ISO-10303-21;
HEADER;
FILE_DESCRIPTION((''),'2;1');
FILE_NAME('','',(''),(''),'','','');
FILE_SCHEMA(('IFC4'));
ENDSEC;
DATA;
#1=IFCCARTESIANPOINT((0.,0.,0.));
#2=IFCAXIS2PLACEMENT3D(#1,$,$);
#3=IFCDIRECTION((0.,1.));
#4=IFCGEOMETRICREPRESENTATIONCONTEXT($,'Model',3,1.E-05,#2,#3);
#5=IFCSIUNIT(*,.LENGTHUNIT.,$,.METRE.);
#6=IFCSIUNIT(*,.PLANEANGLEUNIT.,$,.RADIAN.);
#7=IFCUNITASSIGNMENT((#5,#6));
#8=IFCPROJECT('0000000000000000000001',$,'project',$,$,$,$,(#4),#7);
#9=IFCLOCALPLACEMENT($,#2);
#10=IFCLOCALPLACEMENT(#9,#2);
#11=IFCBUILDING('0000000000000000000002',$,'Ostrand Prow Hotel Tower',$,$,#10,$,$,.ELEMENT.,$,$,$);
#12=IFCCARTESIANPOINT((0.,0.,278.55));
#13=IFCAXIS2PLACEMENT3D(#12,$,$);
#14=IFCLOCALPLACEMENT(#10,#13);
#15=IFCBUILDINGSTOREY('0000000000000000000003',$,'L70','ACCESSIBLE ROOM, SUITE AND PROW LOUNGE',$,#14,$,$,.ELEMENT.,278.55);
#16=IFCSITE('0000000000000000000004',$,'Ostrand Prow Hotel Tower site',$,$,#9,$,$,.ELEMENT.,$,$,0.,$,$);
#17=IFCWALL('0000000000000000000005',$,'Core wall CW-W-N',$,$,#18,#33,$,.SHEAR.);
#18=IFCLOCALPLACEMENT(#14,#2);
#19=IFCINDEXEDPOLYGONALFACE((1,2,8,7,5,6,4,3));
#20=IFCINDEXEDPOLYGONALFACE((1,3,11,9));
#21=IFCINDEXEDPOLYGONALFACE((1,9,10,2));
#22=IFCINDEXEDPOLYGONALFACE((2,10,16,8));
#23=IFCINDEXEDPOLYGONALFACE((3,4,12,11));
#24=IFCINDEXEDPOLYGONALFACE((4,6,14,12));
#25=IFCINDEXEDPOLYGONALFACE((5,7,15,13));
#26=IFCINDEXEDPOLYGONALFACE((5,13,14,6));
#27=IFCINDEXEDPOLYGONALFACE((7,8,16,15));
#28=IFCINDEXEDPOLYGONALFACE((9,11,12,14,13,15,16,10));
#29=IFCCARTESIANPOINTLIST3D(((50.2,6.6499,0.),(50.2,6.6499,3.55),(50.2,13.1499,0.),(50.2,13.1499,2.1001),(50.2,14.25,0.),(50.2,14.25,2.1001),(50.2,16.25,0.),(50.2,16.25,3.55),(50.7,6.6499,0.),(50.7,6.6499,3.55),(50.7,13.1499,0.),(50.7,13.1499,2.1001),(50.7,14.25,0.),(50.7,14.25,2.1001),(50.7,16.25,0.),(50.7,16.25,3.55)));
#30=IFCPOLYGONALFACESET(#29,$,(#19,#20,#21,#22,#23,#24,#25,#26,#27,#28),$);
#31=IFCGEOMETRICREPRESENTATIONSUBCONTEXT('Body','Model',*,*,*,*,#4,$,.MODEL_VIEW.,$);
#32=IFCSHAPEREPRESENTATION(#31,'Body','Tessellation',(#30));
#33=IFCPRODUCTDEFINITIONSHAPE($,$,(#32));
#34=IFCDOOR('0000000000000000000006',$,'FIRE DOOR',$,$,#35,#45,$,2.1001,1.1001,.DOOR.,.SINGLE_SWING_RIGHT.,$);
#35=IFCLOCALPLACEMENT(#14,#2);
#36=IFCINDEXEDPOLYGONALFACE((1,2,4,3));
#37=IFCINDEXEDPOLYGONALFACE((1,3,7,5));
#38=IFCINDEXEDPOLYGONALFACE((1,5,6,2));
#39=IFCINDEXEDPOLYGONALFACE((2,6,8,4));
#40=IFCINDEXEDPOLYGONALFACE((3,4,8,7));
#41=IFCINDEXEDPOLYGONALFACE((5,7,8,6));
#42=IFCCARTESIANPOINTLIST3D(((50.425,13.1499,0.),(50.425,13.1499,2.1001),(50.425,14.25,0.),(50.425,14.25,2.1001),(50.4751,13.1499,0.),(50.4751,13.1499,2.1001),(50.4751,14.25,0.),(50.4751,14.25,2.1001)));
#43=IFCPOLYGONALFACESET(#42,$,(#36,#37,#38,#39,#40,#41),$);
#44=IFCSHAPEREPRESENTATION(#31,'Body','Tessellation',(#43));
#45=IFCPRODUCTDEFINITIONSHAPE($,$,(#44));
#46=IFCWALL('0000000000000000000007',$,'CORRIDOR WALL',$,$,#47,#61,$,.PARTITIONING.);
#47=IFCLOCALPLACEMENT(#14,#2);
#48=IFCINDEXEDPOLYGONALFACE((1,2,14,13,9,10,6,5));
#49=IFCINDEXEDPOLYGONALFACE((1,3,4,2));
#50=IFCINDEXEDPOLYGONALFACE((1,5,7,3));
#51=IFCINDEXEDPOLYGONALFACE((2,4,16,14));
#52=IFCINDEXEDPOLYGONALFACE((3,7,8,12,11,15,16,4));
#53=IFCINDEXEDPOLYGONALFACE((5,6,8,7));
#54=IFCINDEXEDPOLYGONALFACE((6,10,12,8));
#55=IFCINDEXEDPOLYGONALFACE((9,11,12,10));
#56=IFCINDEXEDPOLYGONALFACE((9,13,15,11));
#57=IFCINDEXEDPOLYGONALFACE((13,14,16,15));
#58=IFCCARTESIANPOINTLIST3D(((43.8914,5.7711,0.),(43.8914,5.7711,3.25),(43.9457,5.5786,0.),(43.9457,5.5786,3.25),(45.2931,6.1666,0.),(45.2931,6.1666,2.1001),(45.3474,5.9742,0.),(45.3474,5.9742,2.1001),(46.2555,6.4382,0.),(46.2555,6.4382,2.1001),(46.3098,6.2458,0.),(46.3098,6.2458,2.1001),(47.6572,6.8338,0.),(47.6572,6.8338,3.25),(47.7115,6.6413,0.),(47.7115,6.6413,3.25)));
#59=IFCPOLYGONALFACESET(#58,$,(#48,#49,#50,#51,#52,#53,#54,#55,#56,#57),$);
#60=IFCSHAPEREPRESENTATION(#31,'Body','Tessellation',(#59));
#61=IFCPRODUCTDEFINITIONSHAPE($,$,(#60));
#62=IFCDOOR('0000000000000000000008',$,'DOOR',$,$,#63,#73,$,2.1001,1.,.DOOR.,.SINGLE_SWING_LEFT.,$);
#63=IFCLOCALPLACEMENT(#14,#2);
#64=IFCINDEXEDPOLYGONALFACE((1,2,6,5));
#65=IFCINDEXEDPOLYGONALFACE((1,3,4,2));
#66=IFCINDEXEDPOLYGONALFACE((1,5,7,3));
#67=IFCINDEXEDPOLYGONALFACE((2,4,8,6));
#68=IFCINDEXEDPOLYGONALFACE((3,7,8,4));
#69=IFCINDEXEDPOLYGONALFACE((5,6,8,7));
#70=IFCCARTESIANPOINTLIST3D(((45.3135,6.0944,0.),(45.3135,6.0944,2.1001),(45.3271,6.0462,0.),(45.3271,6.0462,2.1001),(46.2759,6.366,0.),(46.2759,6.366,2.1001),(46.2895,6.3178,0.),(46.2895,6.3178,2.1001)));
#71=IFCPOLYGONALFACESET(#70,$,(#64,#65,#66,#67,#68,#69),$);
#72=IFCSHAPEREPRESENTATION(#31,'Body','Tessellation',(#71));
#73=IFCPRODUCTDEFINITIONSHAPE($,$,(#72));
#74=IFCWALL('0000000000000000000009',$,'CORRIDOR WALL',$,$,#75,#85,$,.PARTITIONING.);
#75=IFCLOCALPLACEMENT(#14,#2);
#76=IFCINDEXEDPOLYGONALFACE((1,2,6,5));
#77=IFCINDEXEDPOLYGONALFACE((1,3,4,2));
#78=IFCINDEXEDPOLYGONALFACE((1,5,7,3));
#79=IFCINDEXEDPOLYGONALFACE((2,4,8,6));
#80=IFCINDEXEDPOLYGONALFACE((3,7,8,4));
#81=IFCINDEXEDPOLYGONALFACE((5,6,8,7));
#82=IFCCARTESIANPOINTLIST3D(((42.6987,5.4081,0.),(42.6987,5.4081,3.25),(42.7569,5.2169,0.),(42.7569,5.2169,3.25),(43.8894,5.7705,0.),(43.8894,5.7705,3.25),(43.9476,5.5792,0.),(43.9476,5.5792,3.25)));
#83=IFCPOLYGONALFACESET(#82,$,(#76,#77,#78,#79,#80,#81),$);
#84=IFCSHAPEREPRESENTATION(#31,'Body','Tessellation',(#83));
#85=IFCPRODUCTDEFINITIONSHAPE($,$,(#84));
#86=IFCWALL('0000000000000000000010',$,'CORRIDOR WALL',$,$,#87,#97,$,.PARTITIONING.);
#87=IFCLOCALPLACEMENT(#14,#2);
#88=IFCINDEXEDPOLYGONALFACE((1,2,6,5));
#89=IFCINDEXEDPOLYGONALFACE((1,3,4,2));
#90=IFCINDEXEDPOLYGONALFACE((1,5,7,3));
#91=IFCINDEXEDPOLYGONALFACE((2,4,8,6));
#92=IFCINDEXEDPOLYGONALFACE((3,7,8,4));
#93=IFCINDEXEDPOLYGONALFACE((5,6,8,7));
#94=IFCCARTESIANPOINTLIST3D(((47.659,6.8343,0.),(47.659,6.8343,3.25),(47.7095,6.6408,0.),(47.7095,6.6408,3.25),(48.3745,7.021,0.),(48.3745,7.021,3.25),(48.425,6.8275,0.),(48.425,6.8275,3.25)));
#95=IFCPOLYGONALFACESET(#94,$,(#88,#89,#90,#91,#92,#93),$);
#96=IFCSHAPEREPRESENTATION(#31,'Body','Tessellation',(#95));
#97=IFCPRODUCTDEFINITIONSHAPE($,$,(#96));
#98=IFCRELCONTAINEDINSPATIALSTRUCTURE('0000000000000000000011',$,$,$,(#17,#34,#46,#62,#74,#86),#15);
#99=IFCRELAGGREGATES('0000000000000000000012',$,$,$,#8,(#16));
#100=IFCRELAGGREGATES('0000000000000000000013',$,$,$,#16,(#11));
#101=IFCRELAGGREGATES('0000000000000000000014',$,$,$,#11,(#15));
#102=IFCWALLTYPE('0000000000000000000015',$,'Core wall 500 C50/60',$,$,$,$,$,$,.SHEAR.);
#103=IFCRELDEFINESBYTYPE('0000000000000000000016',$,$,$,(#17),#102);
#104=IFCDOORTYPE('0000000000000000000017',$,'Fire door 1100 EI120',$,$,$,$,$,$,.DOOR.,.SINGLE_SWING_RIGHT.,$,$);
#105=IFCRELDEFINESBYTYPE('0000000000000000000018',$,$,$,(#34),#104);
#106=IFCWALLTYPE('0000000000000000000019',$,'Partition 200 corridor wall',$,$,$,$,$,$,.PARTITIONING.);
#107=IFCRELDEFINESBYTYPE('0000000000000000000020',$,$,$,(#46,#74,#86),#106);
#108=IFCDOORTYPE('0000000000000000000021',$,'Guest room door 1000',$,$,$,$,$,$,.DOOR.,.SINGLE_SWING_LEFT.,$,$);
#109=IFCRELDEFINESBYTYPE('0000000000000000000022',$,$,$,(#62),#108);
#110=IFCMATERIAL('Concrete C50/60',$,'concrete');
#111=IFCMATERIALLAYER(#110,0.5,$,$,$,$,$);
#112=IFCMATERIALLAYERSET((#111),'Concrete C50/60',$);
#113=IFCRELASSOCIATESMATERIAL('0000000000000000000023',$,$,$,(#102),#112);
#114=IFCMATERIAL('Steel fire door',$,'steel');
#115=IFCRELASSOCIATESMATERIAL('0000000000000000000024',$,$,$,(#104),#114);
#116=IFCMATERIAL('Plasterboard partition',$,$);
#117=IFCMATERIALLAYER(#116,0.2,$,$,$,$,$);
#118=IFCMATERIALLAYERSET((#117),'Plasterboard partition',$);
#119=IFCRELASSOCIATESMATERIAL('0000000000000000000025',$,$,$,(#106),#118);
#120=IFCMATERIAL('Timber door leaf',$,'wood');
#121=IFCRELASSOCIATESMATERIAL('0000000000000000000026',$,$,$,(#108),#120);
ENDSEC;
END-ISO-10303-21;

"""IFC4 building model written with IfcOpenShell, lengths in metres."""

from ifc_helpers import new_model, si_unit, direction, frame, frame_2d, origin, place, context, subcontext, project, spatial, rectangle, extrude, material, layer, layer_set, type_object, element, fill, save


model = new_model("IFC4")

# Units and contexts
model_context = context("Model", 3, precision=1e-05, world=origin(), true_north=direction((0.0, 1.0)))
body_context = subcontext(model_context, "Body", "Model", "MODEL_VIEW")
ifc_project = project(units=[si_unit("LENGTHUNIT", "METRE"), si_unit("PLANEANGLEUNIT", "RADIAN")], contexts=[model_context])

# Site, building, storey
site_placement = place(None, origin())
site = spatial("IfcSite", under=ifc_project, at=site_placement, Name="Ostrand Prow Hotel Tower site", CompositionType="ELEMENT", RefElevation=0.0)
building_placement = place(site_placement, origin())
building = spatial("IfcBuilding", under=site, at=building_placement, Name="Ostrand Prow Hotel Tower", CompositionType="ELEMENT")
storey_placement = place(building_placement, frame((0.0, 0.0, 278.55)))
storey = spatial("IfcBuildingStorey", under=building, at=storey_placement, Name="L70", Description="ACCESSIBLE ROOM, SUITE AND PROW LOUNGE", CompositionType="ELEMENT", Elevation=278.55)

# Walls, openings, doors
ifc_material_1 = material(Name="Concrete C50/60", Category="concrete")
ifc_layer_1 = layer(ifc_material_1, 0.5)
ifc_layer_set_1 = layer_set([ifc_layer_1], Name="Concrete C50/60")
wall_type_1 = type_object("IfcWallType", Name="Core wall 500 C50/60", PredefinedType="SHEAR", material=ifc_layer_set_1)
wall_1_placement = place(storey_placement, frame((50.45, 6.6499, 0.0), z_axis=(0.0, 0.0, 1.0), x_axis=(0.0, 1.0, 0.0)))
wall_1 = element("IfcWall", 1, at=wall_1_placement, inside=storey, type_object=wall_type_1, Name="Core wall CW-W-N", PredefinedType="SHEAR", context=body_context, shape_type="SweptSolid", body=[
    extrude(rectangle(XDim=9.6001, YDim=0.5, at=frame_2d((4.8, 0.0))), origin(), (0.0, 0.0, 1.0), 3.55),
])
opening_1_placement = place(wall_1_placement, frame((6.5, 0.0, 0.0)))
opening_1 = element("IfcOpeningElement", 2, at=opening_1_placement, cuts=wall_1, PredefinedType="OPENING", context=body_context, shape_type="SweptSolid", body=[
    extrude(rectangle(XDim=1.1001, YDim=2.1001, at=frame_2d((0.55, 1.05))), frame((0.0, 0.26, 0.0), z_axis=(0.0, -1.0, 0.0), x_axis=(1.0, 0.0, 0.0)), (0.0, 0.0, 1.0), 0.52),
])
ifc_material_2 = material(Name="Steel fire door", Category="steel")
door_type_1 = type_object("IfcDoorType", Name="Fire door 1100 EI120", OperationType="SINGLE_SWING_RIGHT", PredefinedType="DOOR", material=ifc_material_2)
door_1_placement = place(opening_1_placement, origin())
door_1 = element("IfcDoor", 3, at=door_1_placement, inside=storey, type_object=door_type_1, Name="FIRE DOOR", OperationType="SINGLE_SWING_RIGHT", OverallHeight=2.1001, OverallWidth=1.1001, PredefinedType="DOOR", context=body_context, shape_type="SweptSolid", body=[
    extrude(rectangle(XDim=1.1001, YDim=2.1001, at=frame_2d((0.55, 1.05))), frame((0.0, 0.0249, 0.0), z_axis=(0.0, -1.0, 0.0), x_axis=(1.0, 0.0, 0.0)), (0.0, 0.0, 1.0), 0.05),
])
fill(opening_1, door_1)
ifc_material_3 = material(Name="Plasterboard partition")
ifc_layer_2 = layer(ifc_material_3, 0.2)
ifc_layer_set_2 = layer_set([ifc_layer_2], Name="Plasterboard partition")
wall_type_2 = type_object("IfcWallType", Name="Partition 200 corridor wall", PredefinedType="PARTITIONING", material=ifc_layer_set_2)
wall_2_placement = place(storey_placement, frame((43.9185, 5.6748, 0.0), z_axis=(0.0, 0.0, 1.0), x_axis=(0.962411, 0.271596, 0.0)))
wall_2 = element("IfcWall", 4, at=wall_2_placement, inside=storey, type_object=wall_type_2, Name="CORRIDOR WALL", PredefinedType="PARTITIONING", context=body_context, shape_type="SweptSolid", body=[
    extrude(rectangle(XDim=3.9128, YDim=0.2, at=frame_2d((1.9565, 0.0))), origin(), (0.0, 0.0, 1.0), 3.25),
])
opening_2_placement = place(wall_2_placement, frame((1.4565, 0.0, 0.0)))
opening_2 = element("IfcOpeningElement", 5, at=opening_2_placement, cuts=wall_2, PredefinedType="OPENING", context=body_context, shape_type="SweptSolid", body=[
    extrude(rectangle(XDim=1.0, YDim=2.1001, at=frame_2d((0.5, 1.05))), frame((0.0, 0.1099, 0.0), z_axis=(0.0, -1.0, 0.0), x_axis=(1.0, 0.0, 0.0)), (0.0, 0.0, 1.0), 0.22),
])
ifc_material_4 = material(Name="Timber door leaf", Category="wood")
door_type_2 = type_object("IfcDoorType", Name="Guest room door 1000", OperationType="SINGLE_SWING_LEFT", PredefinedType="DOOR", material=ifc_material_4)
door_2_placement = place(opening_2_placement, origin())
door_2 = element("IfcDoor", 6, at=door_2_placement, inside=storey, type_object=door_type_2, Name="DOOR", OperationType="SINGLE_SWING_LEFT", OverallHeight=2.1001, OverallWidth=1.0, PredefinedType="DOOR", context=body_context, shape_type="SweptSolid", body=[
    extrude(rectangle(XDim=1.0, YDim=2.1001, at=frame_2d((0.5, 1.05))), frame((0.0, 0.0249, 0.0), z_axis=(0.0, -1.0, 0.0), x_axis=(1.0, 0.0, 0.0)), (0.0, 0.0, 1.0), 0.05),
])
fill(opening_2, door_2)

# Walls
wall_3_placement = place(storey_placement, frame((42.7278, 5.3125, 0.0), z_axis=(0.0, 0.0, 1.0), x_axis=(0.956691, 0.291107, 0.0)))
element("IfcWall", 7, at=wall_3_placement, inside=storey, type_object=wall_type_2, Name="CORRIDOR WALL", PredefinedType="PARTITIONING", context=body_context, shape_type="SweptSolid", body=[
    extrude(rectangle(XDim=1.2446, YDim=0.2, at=frame_2d((0.6223, 0.0))), origin(), (0.0, 0.0, 1.0), 3.25),
])
wall_4_placement = place(storey_placement, frame((47.6843, 6.7375, 0.0), z_axis=(0.0, 0.0, 1.0), x_axis=(0.967586, 0.252543, 0.0)))
element("IfcWall", 8, at=wall_4_placement, inside=storey, type_object=wall_type_2, Name="CORRIDOR WALL", PredefinedType="PARTITIONING", context=body_context, shape_type="SweptSolid", body=[
    extrude(rectangle(XDim=0.7395, YDim=0.2, at=frame_2d((0.3696, 0.0))), origin(), (0.0, 0.0, 1.0), 3.25),
])

save(model, "model.ifc")
